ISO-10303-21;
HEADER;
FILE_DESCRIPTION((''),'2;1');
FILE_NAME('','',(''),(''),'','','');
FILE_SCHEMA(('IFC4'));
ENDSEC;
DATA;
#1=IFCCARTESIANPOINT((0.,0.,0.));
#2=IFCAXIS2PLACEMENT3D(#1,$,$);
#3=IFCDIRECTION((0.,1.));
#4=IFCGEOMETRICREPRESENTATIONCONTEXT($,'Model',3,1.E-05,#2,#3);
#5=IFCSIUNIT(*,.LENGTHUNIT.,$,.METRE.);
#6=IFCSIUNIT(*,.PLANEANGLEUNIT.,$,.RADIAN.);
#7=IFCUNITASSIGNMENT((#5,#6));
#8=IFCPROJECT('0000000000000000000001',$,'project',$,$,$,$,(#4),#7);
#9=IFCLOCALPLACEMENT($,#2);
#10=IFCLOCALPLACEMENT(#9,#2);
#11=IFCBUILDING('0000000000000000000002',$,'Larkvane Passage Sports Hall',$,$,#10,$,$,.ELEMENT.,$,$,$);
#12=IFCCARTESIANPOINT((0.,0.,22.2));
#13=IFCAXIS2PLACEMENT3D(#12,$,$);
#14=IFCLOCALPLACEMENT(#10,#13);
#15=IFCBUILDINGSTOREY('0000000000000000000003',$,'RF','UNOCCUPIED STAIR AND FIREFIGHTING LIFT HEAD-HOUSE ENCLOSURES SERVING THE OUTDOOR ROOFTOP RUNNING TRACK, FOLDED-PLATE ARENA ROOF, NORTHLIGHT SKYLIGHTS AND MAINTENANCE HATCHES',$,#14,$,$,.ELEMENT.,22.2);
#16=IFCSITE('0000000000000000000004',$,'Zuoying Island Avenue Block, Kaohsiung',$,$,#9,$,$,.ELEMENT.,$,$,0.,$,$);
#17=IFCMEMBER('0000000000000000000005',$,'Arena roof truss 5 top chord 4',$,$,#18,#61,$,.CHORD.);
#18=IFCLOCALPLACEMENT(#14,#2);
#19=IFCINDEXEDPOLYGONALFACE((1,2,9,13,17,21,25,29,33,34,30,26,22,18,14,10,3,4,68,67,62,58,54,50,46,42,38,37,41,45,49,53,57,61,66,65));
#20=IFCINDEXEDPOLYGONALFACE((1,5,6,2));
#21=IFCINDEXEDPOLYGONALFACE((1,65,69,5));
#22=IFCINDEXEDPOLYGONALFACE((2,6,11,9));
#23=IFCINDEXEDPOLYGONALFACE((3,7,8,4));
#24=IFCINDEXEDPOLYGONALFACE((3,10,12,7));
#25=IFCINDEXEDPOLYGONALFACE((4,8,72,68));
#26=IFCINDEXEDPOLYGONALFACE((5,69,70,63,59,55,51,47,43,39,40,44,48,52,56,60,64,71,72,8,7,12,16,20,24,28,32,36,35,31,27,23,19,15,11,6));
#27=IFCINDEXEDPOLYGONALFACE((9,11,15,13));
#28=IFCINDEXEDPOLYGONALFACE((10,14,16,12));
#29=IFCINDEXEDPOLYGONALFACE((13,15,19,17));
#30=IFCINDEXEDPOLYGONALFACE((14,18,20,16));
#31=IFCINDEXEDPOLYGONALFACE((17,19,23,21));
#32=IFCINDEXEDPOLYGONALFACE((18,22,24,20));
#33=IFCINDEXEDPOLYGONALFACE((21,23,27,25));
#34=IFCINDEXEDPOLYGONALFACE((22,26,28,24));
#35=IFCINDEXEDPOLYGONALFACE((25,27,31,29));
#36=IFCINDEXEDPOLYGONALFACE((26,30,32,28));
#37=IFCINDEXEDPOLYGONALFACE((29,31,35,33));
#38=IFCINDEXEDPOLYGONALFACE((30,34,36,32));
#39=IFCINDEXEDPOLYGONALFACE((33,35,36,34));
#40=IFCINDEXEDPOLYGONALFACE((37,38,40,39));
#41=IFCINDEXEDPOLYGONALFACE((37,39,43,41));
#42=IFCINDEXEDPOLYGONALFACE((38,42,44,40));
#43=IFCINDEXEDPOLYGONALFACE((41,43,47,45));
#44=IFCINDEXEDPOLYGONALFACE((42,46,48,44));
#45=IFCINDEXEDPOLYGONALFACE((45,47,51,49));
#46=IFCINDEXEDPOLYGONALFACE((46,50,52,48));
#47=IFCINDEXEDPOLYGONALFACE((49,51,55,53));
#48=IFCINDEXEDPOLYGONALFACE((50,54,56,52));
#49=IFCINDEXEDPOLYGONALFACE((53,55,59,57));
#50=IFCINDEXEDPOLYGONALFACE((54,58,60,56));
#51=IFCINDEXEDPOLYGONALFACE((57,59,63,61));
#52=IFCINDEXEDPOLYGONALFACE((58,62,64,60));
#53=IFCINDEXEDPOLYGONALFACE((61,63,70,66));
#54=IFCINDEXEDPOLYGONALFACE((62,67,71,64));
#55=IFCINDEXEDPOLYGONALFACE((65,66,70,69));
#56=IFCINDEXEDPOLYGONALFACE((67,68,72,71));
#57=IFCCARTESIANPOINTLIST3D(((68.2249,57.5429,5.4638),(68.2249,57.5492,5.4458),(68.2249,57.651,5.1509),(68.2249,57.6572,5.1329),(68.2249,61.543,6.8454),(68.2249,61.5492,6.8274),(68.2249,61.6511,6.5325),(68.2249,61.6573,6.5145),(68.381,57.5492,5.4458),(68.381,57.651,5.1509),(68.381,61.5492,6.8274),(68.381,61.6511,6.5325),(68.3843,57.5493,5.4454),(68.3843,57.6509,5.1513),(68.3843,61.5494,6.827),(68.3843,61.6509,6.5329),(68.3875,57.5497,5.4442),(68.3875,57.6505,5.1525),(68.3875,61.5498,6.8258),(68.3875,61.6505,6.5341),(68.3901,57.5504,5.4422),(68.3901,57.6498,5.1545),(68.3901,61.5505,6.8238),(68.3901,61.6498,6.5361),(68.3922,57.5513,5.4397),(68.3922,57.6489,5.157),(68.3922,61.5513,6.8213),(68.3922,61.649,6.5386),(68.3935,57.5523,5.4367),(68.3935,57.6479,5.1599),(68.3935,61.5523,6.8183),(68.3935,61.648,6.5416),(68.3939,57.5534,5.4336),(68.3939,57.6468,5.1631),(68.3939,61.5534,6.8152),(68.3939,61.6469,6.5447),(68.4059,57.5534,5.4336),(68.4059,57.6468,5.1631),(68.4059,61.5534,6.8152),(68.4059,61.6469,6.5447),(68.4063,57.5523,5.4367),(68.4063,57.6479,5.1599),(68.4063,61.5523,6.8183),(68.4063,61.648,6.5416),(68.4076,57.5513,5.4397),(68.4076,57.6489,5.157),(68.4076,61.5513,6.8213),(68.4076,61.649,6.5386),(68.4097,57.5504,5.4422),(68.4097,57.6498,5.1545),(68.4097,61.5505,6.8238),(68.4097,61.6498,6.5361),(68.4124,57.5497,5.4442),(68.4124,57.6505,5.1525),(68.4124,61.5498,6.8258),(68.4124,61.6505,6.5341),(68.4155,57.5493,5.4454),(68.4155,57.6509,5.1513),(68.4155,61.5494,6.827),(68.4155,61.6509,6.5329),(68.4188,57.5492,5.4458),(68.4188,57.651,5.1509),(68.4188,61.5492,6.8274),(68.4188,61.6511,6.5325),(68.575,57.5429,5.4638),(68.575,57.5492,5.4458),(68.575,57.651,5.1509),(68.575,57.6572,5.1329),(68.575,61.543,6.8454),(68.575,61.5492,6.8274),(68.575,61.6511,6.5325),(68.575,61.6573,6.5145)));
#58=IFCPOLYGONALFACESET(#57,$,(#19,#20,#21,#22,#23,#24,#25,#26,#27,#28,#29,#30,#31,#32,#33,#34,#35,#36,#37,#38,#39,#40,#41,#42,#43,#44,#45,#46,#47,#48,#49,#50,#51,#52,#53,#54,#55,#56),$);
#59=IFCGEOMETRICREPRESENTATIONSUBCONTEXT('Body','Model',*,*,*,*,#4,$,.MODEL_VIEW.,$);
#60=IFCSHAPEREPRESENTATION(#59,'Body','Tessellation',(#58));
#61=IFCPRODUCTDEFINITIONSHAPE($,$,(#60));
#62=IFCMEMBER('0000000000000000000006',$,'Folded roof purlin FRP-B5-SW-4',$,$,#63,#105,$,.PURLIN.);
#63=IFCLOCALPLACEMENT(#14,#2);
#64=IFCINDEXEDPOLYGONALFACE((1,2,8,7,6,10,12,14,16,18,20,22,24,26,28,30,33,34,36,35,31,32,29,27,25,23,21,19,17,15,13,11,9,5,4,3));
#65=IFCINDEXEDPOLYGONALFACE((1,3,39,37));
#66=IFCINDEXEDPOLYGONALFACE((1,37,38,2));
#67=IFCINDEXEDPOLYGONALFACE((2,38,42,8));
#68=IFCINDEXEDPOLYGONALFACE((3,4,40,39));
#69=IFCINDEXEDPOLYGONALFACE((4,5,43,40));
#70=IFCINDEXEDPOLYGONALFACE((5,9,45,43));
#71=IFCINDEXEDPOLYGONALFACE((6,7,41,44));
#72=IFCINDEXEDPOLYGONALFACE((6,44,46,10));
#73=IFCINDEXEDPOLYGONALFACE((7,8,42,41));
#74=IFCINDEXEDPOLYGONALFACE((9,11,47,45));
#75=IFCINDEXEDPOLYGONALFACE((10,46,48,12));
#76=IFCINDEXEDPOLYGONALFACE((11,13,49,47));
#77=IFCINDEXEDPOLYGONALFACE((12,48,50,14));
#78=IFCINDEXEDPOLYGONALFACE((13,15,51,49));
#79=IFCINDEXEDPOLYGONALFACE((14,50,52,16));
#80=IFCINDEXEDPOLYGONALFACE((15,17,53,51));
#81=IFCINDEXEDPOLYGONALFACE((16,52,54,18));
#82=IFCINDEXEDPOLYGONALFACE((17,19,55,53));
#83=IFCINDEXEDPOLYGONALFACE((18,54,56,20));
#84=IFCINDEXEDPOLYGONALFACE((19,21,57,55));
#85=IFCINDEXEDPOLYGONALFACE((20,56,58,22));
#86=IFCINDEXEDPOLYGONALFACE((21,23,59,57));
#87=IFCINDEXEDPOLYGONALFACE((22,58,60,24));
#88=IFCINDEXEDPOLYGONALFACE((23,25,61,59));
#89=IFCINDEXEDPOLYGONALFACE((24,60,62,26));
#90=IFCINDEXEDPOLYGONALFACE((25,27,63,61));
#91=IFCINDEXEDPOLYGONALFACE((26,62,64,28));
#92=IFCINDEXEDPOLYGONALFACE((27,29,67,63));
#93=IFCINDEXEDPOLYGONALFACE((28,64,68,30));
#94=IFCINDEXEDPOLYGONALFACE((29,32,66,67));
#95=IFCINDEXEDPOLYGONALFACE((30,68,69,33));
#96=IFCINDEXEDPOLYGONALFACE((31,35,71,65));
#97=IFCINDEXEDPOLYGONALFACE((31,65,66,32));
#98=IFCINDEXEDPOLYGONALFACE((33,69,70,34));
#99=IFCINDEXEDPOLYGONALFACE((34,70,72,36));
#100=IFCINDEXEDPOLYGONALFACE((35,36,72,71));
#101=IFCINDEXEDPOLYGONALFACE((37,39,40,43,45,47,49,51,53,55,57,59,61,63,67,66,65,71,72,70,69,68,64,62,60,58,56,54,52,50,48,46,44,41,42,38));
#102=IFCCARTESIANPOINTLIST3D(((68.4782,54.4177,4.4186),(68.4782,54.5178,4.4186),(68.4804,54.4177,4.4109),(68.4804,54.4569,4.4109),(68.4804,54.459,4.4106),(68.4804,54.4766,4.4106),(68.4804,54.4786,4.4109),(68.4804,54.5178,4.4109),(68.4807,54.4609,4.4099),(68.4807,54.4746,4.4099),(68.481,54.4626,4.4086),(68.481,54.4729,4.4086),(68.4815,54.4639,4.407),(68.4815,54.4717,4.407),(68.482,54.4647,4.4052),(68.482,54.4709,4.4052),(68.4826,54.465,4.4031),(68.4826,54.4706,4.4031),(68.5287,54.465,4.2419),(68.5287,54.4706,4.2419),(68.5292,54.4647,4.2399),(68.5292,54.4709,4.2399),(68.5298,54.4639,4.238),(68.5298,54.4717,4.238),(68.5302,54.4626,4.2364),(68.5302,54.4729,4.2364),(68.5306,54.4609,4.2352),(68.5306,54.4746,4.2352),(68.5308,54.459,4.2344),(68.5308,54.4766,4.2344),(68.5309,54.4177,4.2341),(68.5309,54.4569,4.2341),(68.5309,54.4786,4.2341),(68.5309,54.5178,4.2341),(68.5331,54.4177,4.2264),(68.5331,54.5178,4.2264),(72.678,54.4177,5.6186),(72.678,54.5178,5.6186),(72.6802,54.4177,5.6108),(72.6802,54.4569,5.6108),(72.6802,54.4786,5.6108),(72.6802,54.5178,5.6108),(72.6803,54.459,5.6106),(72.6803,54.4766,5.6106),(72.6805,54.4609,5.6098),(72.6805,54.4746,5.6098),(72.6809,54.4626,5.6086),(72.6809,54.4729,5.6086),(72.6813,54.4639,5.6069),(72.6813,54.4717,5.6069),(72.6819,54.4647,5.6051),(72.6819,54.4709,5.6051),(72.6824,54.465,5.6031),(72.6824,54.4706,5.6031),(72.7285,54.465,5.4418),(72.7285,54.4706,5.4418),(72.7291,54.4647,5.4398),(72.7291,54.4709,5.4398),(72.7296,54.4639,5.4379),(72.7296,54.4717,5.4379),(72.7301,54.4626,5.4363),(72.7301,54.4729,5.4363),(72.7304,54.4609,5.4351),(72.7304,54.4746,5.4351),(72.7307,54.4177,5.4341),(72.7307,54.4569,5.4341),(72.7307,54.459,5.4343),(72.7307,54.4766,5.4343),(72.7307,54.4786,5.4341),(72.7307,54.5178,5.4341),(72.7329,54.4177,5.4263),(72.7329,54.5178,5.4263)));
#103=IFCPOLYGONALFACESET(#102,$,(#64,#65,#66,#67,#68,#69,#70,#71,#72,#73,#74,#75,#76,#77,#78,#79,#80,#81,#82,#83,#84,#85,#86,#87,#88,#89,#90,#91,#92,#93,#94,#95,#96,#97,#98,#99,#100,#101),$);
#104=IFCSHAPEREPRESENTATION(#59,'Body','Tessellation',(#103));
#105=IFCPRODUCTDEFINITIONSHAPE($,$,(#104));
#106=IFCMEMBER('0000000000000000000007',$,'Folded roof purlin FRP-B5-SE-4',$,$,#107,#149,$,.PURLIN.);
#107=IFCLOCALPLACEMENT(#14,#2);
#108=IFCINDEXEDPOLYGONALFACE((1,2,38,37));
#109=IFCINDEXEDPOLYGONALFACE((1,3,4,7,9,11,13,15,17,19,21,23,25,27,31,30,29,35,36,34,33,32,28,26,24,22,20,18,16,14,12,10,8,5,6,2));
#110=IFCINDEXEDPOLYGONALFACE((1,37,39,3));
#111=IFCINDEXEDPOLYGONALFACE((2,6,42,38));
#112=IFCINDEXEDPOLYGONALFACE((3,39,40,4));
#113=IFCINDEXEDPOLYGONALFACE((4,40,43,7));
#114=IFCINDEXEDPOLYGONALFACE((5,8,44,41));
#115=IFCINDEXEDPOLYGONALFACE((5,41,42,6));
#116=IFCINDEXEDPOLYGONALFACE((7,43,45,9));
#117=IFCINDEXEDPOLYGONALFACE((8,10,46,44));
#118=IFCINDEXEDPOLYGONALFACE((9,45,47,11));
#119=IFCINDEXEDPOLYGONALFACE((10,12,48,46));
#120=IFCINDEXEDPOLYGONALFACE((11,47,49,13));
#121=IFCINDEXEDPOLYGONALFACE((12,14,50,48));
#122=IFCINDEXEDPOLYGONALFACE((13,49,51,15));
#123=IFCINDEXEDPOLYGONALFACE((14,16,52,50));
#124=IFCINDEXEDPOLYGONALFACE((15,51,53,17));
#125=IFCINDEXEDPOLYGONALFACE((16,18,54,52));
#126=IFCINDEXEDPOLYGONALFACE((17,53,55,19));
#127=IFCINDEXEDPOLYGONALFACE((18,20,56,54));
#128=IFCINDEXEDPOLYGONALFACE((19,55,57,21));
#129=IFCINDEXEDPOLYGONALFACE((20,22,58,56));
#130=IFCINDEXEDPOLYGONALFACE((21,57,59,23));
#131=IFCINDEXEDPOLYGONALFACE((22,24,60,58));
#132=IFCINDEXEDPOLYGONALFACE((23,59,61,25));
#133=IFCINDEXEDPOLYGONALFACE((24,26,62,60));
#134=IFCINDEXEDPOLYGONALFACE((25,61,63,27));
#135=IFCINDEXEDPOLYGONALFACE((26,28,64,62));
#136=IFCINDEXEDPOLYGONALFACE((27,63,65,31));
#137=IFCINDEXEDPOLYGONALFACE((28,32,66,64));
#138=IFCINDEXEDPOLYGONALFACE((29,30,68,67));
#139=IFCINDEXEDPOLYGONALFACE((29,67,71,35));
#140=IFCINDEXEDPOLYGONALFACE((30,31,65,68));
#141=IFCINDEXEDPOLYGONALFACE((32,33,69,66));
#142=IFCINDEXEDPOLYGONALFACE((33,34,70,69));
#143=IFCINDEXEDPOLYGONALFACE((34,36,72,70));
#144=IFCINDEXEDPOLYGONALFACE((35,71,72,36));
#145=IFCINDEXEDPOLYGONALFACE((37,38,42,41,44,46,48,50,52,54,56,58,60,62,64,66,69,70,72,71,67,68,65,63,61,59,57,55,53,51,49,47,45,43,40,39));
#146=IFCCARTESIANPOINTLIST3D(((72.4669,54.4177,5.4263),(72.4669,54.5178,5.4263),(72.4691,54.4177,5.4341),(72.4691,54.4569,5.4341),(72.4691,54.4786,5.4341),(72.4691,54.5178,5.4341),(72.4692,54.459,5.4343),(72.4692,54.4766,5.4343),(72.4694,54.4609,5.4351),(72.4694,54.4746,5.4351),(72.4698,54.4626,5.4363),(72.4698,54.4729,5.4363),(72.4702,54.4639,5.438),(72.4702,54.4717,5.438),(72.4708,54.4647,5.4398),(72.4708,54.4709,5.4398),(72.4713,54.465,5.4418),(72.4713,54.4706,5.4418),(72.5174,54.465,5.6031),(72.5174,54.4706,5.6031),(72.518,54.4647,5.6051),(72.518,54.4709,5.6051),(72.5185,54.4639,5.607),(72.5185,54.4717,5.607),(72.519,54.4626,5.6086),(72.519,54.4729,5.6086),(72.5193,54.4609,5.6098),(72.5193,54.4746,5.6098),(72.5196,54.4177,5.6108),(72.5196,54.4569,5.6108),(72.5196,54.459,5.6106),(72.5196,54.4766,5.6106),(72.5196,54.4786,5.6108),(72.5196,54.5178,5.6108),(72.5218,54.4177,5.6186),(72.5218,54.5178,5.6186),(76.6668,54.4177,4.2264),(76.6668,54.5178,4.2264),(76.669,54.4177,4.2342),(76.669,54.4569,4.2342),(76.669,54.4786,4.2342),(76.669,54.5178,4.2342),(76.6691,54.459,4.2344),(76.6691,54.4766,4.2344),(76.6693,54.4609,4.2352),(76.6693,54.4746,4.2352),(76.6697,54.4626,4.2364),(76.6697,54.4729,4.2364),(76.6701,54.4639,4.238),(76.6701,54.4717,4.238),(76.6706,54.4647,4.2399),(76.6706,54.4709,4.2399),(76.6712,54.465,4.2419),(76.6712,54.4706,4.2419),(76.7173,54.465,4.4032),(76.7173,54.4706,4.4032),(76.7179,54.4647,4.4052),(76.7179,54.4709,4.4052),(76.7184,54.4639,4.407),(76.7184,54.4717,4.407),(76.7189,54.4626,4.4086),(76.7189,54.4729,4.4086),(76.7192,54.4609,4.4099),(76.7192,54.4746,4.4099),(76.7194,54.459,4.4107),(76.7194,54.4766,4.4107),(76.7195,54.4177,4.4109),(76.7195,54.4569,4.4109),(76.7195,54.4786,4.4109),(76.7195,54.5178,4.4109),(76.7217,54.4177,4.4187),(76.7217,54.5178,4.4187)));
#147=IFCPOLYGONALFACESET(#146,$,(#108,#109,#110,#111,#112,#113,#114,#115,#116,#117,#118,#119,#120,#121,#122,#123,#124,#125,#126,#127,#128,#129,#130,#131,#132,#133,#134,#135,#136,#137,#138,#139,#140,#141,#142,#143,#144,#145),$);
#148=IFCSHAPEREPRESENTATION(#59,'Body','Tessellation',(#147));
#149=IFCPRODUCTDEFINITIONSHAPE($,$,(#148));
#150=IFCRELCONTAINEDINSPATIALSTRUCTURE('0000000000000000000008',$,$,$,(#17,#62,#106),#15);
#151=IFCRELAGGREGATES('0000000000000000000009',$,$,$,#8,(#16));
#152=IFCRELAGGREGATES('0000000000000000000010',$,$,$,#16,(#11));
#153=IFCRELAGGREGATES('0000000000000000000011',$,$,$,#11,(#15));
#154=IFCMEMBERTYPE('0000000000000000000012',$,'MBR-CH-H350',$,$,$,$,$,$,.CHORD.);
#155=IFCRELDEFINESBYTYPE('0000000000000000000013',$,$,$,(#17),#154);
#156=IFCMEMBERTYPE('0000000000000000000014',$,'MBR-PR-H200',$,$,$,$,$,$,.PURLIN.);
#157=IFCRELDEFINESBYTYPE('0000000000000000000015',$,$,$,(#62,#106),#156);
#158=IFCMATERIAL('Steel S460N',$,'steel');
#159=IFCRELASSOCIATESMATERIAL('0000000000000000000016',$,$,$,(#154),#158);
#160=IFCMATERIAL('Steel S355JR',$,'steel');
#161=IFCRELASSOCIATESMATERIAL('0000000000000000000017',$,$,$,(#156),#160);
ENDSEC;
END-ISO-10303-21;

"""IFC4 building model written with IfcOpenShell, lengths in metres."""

from ifc_helpers import new_model, si_unit, direction, frame, origin, origin_2d, place, context, subcontext, project, spatial, i_section, extrude, material, material_profile, profile_set, type_object, element, save


model = new_model("IFC4")

# Units and contexts
model_context = context("Model", 3, precision=1e-05, world=origin(), true_north=direction((0.0, 1.0)))
body_context = subcontext(model_context, "Body", "Model", "MODEL_VIEW")
ifc_project = project(units=[si_unit("LENGTHUNIT", "METRE"), si_unit("PLANEANGLEUNIT", "RADIAN")], contexts=[model_context])

# Site, building, storey
site_placement = place(None, origin())
site = spatial("IfcSite", under=ifc_project, at=site_placement, Name="Zuoying Island Avenue Block, Kaohsiung", CompositionType="ELEMENT", RefElevation=0.0)
building_placement = place(site_placement, origin())
building = spatial("IfcBuilding", under=site, at=building_placement, Name="Larkvane Passage Sports Hall", CompositionType="ELEMENT")
storey_placement = place(building_placement, frame((0.0, 0.0, 22.2)))
storey = spatial("IfcBuildingStorey", under=building, at=storey_placement, Name="RF", Description="UNOCCUPIED STAIR AND FIREFIGHTING LIFT HEAD-HOUSE ENCLOSURES SERVING THE OUTDOOR ROOFTOP RUNNING TRACK, FOLDED-PLATE ARENA ROOF, NORTHLIGHT SKYLIGHTS AND MAINTENANCE HATCHES", CompositionType="ELEMENT", Elevation=22.2)

# Members
ifc_material_1 = material(Name="Steel S355JR", Category="steel")
ifc_material_2 = material(Name="Steel S460N", Category="steel")
ifc_material_profile_1 = material_profile(ifc_material_2, i_section(OverallWidth=0.3501, OverallDepth=0.3501, WebThickness=0.012, FlangeThickness=0.019, FilletRadius=0.0129, at=origin_2d()), Name="H-350x350x12x19")
ifc_profile_set_1 = profile_set([ifc_material_profile_1], Name="Steel S460N")
member_type_1 = type_object("IfcMemberType", Name="MBR-CH-H350", PredefinedType="CHORD", material=ifc_profile_set_1)
member_1_placement = place(storey_placement, frame((68.3999, 57.6001, 5.2983), z_axis=(0.0, 0.945207, 0.326472), x_axis=(-1.0, 0.0, 0.0)))
element("IfcMember", 1, at=member_1_placement, inside=storey, type_object=member_type_1, Name="Arena roof truss 5 top chord 4", PredefinedType="CHORD", context=body_context, shape_type="SweptSolid", body=[
    extrude(i_section(OverallWidth=0.3501, OverallDepth=0.3501, WebThickness=0.012, FlangeThickness=0.019, FilletRadius=0.0129, at=origin_2d()), origin(), (0.0, 0.0, 1.0), 4.2319),
])
ifc_material_profile_2 = material_profile(ifc_material_1, i_section(OverallWidth=0.1001, OverallDepth=0.2, WebThickness=0.0056, FlangeThickness=0.0081, FilletRadius=0.0081, at=origin_2d()), Name="H-200x100x5.5x8")
ifc_profile_set_2 = profile_set([ifc_material_profile_2], Name="Steel S355JR")
member_type_2 = type_object("IfcMemberType", Name="MBR-PR-H200", PredefinedType="PURLIN", material=ifc_profile_set_2)
for number, where, z_axis, x_axis, name in (
    (2, (68.5056, 54.4678, 4.3225), (0.961526, 0.0, 0.274714), (0.0, 1.0, 0.0), "Folded roof purlin FRP-B5-SW-4"),
    (3, (72.4944, 54.4678, 5.5225), (0.961526, 0.0, -0.274714), (0.0, 1.0, 0.0), "Folded roof purlin FRP-B5-SE-4"),
):
    element("IfcMember", number, at=place(storey_placement, frame(where, z_axis=z_axis, x_axis=x_axis)), inside=storey, type_object=member_type_2, Name=name, PredefinedType="PURLIN", context=body_context, shape_type="SweptSolid", body=[
        extrude(i_section(OverallWidth=0.1001, OverallDepth=0.2, WebThickness=0.0056, FlangeThickness=0.0081, FilletRadius=0.0081, at=origin_2d()), origin(), (0.0, 0.0, 1.0), 4.3679),
    ])

save(model, "model.ifc")
